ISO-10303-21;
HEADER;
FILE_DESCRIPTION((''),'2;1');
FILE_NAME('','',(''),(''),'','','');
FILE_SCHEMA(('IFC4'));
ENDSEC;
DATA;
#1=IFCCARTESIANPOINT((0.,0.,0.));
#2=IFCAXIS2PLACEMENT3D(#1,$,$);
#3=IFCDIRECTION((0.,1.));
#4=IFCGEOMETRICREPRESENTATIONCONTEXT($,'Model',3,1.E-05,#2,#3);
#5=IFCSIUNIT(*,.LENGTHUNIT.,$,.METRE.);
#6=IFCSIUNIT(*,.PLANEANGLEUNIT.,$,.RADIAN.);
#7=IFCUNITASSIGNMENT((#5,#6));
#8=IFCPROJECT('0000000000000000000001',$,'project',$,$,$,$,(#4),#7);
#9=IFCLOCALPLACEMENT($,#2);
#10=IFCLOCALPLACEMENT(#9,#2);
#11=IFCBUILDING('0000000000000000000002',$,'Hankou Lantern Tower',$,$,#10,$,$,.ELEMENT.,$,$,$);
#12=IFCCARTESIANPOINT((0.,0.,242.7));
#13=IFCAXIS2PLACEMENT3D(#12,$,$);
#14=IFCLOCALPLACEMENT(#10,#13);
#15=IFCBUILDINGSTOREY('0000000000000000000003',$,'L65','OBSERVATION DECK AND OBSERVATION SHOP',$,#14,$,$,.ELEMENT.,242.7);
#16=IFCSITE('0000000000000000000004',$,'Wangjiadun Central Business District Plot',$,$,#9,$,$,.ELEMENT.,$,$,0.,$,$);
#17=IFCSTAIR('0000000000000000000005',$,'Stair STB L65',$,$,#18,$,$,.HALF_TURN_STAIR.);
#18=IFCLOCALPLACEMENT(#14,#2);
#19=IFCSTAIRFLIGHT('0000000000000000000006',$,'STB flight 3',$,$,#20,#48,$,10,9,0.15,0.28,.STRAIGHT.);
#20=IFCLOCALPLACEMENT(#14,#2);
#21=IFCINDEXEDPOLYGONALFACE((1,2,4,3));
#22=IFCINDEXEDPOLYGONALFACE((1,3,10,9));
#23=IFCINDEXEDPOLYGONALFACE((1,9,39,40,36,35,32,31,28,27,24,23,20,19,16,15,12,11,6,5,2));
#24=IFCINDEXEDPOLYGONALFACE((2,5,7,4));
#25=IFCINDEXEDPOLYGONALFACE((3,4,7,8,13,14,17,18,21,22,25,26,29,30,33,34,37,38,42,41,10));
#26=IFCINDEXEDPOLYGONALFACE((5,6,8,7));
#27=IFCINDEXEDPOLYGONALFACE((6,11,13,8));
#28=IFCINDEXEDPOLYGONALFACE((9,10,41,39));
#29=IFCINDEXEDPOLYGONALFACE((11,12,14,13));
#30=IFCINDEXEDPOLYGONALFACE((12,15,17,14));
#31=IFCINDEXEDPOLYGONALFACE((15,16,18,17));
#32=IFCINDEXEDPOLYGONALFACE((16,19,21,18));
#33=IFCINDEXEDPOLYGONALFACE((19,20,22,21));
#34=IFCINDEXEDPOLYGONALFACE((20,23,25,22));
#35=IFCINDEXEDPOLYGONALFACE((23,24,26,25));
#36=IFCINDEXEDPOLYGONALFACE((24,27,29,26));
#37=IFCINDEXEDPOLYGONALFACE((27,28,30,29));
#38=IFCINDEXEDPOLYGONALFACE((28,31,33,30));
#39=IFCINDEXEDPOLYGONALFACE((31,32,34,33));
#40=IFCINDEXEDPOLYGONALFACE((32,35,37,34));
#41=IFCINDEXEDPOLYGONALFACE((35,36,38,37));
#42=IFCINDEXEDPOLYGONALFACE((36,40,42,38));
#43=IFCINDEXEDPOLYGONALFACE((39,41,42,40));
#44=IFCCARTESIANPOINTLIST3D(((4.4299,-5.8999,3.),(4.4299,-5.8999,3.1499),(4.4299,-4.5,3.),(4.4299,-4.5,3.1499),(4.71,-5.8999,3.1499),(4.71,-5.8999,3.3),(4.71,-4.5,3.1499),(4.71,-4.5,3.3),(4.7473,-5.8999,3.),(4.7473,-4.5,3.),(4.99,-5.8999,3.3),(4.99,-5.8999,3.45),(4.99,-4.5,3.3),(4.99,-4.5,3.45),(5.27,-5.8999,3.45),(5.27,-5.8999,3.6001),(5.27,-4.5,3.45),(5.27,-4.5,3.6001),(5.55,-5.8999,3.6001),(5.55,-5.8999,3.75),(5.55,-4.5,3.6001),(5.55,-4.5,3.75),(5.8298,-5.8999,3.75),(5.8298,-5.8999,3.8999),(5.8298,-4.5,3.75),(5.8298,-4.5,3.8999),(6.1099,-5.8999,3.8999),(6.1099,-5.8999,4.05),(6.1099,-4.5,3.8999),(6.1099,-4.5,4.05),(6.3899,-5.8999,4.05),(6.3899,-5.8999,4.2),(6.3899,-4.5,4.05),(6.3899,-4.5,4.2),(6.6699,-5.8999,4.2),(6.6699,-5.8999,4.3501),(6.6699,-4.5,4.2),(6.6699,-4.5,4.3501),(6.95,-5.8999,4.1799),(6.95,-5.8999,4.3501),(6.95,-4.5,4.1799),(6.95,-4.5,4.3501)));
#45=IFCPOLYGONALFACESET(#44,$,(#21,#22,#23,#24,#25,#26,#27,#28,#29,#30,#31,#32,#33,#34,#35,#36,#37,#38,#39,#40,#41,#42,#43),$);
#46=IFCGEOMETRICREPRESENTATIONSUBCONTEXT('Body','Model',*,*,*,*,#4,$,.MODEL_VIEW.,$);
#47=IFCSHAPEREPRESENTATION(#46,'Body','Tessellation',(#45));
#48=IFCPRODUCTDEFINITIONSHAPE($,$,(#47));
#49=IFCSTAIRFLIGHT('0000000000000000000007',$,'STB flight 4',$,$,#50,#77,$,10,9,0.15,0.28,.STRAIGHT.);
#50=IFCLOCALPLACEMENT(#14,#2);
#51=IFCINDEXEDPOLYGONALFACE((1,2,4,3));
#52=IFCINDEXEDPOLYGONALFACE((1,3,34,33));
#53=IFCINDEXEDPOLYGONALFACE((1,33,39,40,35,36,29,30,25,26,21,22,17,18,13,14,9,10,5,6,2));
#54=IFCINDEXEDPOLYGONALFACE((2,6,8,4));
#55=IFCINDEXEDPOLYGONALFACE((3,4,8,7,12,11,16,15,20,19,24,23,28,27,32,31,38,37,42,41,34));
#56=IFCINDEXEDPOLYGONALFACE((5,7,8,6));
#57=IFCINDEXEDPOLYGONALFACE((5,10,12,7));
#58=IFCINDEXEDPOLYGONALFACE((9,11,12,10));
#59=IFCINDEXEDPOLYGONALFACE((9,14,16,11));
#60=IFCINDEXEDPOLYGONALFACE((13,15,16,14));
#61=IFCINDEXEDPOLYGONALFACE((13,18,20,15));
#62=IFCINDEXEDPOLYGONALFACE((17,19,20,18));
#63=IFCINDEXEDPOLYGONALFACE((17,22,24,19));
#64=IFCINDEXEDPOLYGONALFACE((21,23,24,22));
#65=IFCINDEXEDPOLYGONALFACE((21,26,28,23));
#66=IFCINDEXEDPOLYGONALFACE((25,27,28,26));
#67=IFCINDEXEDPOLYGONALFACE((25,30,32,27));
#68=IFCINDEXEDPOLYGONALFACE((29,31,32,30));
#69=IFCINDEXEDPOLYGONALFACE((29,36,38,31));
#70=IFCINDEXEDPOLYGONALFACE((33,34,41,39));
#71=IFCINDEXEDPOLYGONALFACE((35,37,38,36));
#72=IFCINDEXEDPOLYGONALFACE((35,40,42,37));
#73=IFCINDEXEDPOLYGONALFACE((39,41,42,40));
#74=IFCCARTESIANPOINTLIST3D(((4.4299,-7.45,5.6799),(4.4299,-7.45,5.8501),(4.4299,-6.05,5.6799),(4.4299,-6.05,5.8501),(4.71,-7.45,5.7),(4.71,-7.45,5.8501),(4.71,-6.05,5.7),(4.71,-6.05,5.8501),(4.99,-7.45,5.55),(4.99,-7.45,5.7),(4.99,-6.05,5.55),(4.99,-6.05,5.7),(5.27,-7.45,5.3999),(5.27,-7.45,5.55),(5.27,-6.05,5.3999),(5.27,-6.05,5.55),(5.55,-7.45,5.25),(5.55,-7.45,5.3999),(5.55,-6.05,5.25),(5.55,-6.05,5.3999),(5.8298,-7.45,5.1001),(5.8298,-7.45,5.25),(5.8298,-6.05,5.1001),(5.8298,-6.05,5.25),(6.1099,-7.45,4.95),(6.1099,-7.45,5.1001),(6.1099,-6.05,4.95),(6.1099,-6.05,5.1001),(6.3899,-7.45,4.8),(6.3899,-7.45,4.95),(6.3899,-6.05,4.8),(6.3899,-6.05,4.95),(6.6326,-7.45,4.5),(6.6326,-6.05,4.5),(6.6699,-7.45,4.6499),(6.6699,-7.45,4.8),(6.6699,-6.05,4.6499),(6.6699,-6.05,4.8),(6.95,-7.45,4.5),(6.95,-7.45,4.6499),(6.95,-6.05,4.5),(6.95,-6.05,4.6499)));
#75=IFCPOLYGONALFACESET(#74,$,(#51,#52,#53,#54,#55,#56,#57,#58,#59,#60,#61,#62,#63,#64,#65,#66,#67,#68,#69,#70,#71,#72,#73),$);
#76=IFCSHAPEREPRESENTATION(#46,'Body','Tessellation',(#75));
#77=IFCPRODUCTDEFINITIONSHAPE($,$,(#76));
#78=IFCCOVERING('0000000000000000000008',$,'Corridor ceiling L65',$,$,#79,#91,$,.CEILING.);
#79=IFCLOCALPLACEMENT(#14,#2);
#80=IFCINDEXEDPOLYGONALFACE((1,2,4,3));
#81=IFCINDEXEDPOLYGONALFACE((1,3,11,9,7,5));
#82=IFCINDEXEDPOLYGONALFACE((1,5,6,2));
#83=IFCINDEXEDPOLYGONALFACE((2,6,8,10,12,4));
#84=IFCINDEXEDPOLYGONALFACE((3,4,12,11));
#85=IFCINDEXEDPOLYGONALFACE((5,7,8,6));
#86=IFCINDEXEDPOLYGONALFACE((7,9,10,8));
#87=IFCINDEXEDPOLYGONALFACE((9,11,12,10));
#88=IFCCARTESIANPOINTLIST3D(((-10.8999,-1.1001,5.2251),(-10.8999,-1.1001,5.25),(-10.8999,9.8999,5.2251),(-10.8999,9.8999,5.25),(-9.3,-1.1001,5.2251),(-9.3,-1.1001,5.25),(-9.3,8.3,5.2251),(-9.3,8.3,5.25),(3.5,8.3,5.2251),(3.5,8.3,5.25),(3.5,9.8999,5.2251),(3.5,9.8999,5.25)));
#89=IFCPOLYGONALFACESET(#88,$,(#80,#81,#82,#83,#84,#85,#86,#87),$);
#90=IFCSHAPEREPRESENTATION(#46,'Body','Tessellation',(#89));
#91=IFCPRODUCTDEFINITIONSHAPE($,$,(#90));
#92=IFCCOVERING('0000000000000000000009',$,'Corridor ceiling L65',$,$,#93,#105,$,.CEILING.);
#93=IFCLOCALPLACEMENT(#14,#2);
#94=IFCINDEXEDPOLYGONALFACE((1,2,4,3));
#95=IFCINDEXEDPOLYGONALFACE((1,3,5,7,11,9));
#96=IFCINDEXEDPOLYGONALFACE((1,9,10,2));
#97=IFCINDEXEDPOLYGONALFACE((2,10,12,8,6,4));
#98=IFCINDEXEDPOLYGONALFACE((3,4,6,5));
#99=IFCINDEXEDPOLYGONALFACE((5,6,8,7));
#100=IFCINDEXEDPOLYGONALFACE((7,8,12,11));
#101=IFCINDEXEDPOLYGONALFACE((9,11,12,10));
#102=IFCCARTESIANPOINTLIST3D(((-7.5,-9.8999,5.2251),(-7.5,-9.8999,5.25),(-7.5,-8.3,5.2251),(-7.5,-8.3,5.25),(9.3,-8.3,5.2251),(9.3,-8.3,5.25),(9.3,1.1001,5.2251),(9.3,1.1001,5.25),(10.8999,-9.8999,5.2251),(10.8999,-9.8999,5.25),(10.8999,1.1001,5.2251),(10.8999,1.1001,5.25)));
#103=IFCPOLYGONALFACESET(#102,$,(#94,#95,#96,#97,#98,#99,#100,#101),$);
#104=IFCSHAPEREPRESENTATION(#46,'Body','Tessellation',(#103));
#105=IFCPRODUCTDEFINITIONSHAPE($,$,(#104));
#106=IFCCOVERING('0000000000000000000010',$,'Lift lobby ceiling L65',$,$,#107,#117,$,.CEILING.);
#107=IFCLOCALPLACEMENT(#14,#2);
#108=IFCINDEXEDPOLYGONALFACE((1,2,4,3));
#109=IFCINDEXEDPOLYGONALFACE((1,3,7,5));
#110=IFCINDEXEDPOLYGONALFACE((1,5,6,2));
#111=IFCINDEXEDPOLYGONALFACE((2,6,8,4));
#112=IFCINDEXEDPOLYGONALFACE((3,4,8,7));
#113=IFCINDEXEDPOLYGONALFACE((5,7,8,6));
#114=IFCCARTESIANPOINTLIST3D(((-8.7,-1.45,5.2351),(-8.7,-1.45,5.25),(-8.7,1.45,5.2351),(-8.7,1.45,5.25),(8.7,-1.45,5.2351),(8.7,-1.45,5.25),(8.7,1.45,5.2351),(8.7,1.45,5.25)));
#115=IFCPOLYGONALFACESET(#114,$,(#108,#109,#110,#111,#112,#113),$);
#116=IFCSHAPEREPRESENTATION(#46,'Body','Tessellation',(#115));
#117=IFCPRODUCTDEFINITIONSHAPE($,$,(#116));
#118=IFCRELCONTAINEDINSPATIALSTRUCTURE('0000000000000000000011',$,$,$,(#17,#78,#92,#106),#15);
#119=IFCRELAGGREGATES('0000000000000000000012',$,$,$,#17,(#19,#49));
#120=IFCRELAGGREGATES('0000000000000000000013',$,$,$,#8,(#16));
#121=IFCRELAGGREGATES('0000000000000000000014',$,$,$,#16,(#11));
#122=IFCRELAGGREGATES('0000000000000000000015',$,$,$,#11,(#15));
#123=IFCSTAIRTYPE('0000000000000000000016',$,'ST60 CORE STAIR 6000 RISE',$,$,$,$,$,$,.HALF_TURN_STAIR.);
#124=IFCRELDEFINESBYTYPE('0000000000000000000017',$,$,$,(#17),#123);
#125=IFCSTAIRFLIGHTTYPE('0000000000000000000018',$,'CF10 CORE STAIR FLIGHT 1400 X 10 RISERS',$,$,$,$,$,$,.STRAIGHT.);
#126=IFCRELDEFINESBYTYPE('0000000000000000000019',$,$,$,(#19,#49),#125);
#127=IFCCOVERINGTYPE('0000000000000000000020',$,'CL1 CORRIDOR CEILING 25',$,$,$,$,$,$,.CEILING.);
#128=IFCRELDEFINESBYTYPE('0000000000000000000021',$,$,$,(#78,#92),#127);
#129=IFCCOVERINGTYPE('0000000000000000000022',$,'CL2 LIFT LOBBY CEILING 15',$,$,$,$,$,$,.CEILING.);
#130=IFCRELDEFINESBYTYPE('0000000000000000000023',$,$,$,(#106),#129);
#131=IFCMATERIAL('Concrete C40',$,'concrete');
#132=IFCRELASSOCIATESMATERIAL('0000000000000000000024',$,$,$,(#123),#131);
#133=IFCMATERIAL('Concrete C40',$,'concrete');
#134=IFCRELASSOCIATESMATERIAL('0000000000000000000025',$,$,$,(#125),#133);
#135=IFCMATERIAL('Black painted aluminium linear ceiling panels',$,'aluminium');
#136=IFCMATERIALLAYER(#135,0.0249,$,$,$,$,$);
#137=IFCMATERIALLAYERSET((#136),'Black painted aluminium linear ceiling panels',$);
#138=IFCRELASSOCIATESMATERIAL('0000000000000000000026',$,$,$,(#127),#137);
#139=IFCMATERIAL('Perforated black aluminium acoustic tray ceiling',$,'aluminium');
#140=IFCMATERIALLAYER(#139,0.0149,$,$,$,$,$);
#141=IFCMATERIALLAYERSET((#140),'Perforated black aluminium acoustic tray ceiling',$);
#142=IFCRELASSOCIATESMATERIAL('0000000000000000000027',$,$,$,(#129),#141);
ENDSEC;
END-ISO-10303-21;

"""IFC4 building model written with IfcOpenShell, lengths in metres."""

from ifc_helpers import new_model, si_unit, direction, frame, origin, place, context, subcontext, project, spatial, polyline, outline, extrude, material, layer, layer_set, type_object, element, aggregate, save


model = new_model("IFC4")

# Units and contexts
model_context = context("Model", 3, precision=1e-05, world=origin(), true_north=direction((0.0, 1.0)))
body_context = subcontext(model_context, "Body", "Model", "MODEL_VIEW")
ifc_project = project(units=[si_unit("LENGTHUNIT", "METRE"), si_unit("PLANEANGLEUNIT", "RADIAN")], contexts=[model_context])

# Site, building, storey
site_placement = place(None, origin())
site = spatial("IfcSite", under=ifc_project, at=site_placement, Name="Wangjiadun Central Business District Plot", CompositionType="ELEMENT", RefElevation=0.0)
building_placement = place(site_placement, origin())
building = spatial("IfcBuilding", under=site, at=building_placement, Name="Hankou Lantern Tower", CompositionType="ELEMENT")
storey_placement = place(building_placement, frame((0.0, 0.0, 242.7)))
storey = spatial("IfcBuildingStorey", under=building, at=storey_placement, Name="L65", Description="OBSERVATION DECK AND OBSERVATION SHOP", CompositionType="ELEMENT", Elevation=242.7)

# Stair, stair flights
ifc_material_1 = material(Name="Concrete C40", Category="concrete")
stair_type = type_object("IfcStairType", Name="ST60 CORE STAIR 6000 RISE", PredefinedType="HALF_TURN_STAIR", material=ifc_material_1)
stair_placement = place(storey_placement, origin())
stair = element("IfcStair", 1, at=stair_placement, inside=storey, type_object=stair_type, Name="Stair STB L65", PredefinedType="HALF_TURN_STAIR")
ifc_material_2 = material(Name="Concrete C40", Category="concrete")
stair_flight_type = type_object("IfcStairFlightType", Name="CF10 CORE STAIR FLIGHT 1400 X 10 RISERS", PredefinedType="STRAIGHT", material=ifc_material_2)
stair_flight_1_placement = place(storey_placement, frame((4.4299, -5.2, 3.0), z_axis=(0.0, 0.0, 1.0), x_axis=(1.0, 0.0, 0.0)))
stair_flight_1 = element("IfcStairFlight", 2, at=stair_flight_1_placement, type_object=stair_flight_type, Name="STB flight 3", NumberOfRisers=10, NumberOfTreads=9, PredefinedType="STRAIGHT", RiserHeight=0.15, TreadLength=0.28, context=body_context, shape_type="SweptSolid", body=[
    extrude(outline(polyline([(0.0, 0.0), (0.0, 0.1499), (0.28, 0.1499), (0.28, 0.3), (0.5601, 0.3), (0.5601, 0.45), (0.8401, 0.45), (0.8401, 0.6001), (1.1201, 0.6001), (1.1201, 0.75), (1.3999, 0.75), (1.3999, 0.8999), (1.6799, 0.8999), (1.6799, 1.05), (1.96, 1.05), (1.96, 1.2), (2.24, 1.2), (2.24, 1.3501), (2.52, 1.3501), (2.52, 1.5), (2.52, 1.1799), (0.3174, 0.0), (0.0, 0.0)])), frame((0.0, 0.7, 0.0), z_axis=(0.0, -1.0, 0.0), x_axis=(1.0, 0.0, 0.0)), (0.0, 0.0, 1.0), 1.3999),
])
stair_flight_2_placement = place(storey_placement, frame((6.95, -6.75, 4.5), z_axis=(0.0, 0.0, 1.0), x_axis=(-1.0, 0.0, 0.0)))
stair_flight_2 = element("IfcStairFlight", 3, at=stair_flight_2_placement, type_object=stair_flight_type, Name="STB flight 4", NumberOfRisers=10, NumberOfTreads=9, PredefinedType="STRAIGHT", RiserHeight=0.15, TreadLength=0.28, context=body_context, shape_type="SweptSolid", body=[
    extrude(outline(polyline([(0.0, 0.0), (0.0, 0.1499), (0.28, 0.1499), (0.28, 0.3), (0.5601, 0.3), (0.5601, 0.45), (0.8401, 0.45), (0.8401, 0.6001), (1.1201, 0.6001), (1.1201, 0.75), (1.3999, 0.75), (1.3999, 0.8999), (1.6799, 0.8999), (1.6799, 1.05), (1.96, 1.05), (1.96, 1.2), (2.24, 1.2), (2.24, 1.3501), (2.52, 1.3501), (2.52, 1.5), (2.52, 1.1799), (0.3174, 0.0), (0.0, 0.0)])), frame((0.0, 0.7, 0.0), z_axis=(0.0, -1.0, 0.0), x_axis=(1.0, 0.0, 0.0)), (0.0, 0.0, 1.0), 1.3999),
])
aggregate(stair, [stair_flight_1, stair_flight_2])

# Coverings
ifc_material_3 = material(Name="Black painted aluminium linear ceiling panels", Category="aluminium")
ifc_layer_1 = layer(ifc_material_3, 0.0249)
ifc_layer_set_1 = layer_set([ifc_layer_1], Name="Black painted aluminium linear ceiling panels")
covering_type_1 = type_object("IfcCoveringType", Name="CL1 CORRIDOR CEILING 25", PredefinedType="CEILING", material=ifc_layer_set_1)
covering_1_placement = place(storey_placement, frame((0.0, 0.0, 5.2251)))
element("IfcCovering", 4, at=covering_1_placement, inside=storey, type_object=covering_type_1, Name="Corridor ceiling L65", PredefinedType="CEILING", context=body_context, shape_type="SweptSolid", body=[
    extrude(outline(polyline([(-9.3, 8.3), (3.5, 8.3), (3.5, 9.8999), (-10.8999, 9.8999), (-10.8999, -1.1001), (-9.3, -1.1001), (-9.3, 8.3)])), origin(), (0.0, 0.0, 1.0), 0.0249),
])
covering_2_placement = place(storey_placement, frame((0.0, 0.0, 5.2251)))
element("IfcCovering", 5, at=covering_2_placement, inside=storey, type_object=covering_type_1, Name="Corridor ceiling L65", PredefinedType="CEILING", context=body_context, shape_type="SweptSolid", body=[
    extrude(outline(polyline([(10.8999, 1.1001), (9.3, 1.1001), (9.3, -8.3), (-7.5, -8.3), (-7.5, -9.8999), (10.8999, -9.8999), (10.8999, 1.1001)])), origin(), (0.0, 0.0, 1.0), 0.0249),
])
ifc_material_4 = material(Name="Perforated black aluminium acoustic tray ceiling", Category="aluminium")
ifc_layer_2 = layer(ifc_material_4, 0.0149)
ifc_layer_set_2 = layer_set([ifc_layer_2], Name="Perforated black aluminium acoustic tray ceiling")
covering_type_2 = type_object("IfcCoveringType", Name="CL2 LIFT LOBBY CEILING 15", PredefinedType="CEILING", material=ifc_layer_set_2)
covering_3_placement = place(storey_placement, frame((0.0, 0.0, 5.2351)))
element("IfcCovering", 6, at=covering_3_placement, inside=storey, type_object=covering_type_2, Name="Lift lobby ceiling L65", PredefinedType="CEILING", context=body_context, shape_type="SweptSolid", body=[
    extrude(outline(polyline([(-8.7, -1.45), (8.7, -1.45), (8.7, 1.45), (-8.7, 1.45), (-8.7, -1.45)])), origin(), (0.0, 0.0, 1.0), 0.0149),
])

save(model, "model.ifc")
